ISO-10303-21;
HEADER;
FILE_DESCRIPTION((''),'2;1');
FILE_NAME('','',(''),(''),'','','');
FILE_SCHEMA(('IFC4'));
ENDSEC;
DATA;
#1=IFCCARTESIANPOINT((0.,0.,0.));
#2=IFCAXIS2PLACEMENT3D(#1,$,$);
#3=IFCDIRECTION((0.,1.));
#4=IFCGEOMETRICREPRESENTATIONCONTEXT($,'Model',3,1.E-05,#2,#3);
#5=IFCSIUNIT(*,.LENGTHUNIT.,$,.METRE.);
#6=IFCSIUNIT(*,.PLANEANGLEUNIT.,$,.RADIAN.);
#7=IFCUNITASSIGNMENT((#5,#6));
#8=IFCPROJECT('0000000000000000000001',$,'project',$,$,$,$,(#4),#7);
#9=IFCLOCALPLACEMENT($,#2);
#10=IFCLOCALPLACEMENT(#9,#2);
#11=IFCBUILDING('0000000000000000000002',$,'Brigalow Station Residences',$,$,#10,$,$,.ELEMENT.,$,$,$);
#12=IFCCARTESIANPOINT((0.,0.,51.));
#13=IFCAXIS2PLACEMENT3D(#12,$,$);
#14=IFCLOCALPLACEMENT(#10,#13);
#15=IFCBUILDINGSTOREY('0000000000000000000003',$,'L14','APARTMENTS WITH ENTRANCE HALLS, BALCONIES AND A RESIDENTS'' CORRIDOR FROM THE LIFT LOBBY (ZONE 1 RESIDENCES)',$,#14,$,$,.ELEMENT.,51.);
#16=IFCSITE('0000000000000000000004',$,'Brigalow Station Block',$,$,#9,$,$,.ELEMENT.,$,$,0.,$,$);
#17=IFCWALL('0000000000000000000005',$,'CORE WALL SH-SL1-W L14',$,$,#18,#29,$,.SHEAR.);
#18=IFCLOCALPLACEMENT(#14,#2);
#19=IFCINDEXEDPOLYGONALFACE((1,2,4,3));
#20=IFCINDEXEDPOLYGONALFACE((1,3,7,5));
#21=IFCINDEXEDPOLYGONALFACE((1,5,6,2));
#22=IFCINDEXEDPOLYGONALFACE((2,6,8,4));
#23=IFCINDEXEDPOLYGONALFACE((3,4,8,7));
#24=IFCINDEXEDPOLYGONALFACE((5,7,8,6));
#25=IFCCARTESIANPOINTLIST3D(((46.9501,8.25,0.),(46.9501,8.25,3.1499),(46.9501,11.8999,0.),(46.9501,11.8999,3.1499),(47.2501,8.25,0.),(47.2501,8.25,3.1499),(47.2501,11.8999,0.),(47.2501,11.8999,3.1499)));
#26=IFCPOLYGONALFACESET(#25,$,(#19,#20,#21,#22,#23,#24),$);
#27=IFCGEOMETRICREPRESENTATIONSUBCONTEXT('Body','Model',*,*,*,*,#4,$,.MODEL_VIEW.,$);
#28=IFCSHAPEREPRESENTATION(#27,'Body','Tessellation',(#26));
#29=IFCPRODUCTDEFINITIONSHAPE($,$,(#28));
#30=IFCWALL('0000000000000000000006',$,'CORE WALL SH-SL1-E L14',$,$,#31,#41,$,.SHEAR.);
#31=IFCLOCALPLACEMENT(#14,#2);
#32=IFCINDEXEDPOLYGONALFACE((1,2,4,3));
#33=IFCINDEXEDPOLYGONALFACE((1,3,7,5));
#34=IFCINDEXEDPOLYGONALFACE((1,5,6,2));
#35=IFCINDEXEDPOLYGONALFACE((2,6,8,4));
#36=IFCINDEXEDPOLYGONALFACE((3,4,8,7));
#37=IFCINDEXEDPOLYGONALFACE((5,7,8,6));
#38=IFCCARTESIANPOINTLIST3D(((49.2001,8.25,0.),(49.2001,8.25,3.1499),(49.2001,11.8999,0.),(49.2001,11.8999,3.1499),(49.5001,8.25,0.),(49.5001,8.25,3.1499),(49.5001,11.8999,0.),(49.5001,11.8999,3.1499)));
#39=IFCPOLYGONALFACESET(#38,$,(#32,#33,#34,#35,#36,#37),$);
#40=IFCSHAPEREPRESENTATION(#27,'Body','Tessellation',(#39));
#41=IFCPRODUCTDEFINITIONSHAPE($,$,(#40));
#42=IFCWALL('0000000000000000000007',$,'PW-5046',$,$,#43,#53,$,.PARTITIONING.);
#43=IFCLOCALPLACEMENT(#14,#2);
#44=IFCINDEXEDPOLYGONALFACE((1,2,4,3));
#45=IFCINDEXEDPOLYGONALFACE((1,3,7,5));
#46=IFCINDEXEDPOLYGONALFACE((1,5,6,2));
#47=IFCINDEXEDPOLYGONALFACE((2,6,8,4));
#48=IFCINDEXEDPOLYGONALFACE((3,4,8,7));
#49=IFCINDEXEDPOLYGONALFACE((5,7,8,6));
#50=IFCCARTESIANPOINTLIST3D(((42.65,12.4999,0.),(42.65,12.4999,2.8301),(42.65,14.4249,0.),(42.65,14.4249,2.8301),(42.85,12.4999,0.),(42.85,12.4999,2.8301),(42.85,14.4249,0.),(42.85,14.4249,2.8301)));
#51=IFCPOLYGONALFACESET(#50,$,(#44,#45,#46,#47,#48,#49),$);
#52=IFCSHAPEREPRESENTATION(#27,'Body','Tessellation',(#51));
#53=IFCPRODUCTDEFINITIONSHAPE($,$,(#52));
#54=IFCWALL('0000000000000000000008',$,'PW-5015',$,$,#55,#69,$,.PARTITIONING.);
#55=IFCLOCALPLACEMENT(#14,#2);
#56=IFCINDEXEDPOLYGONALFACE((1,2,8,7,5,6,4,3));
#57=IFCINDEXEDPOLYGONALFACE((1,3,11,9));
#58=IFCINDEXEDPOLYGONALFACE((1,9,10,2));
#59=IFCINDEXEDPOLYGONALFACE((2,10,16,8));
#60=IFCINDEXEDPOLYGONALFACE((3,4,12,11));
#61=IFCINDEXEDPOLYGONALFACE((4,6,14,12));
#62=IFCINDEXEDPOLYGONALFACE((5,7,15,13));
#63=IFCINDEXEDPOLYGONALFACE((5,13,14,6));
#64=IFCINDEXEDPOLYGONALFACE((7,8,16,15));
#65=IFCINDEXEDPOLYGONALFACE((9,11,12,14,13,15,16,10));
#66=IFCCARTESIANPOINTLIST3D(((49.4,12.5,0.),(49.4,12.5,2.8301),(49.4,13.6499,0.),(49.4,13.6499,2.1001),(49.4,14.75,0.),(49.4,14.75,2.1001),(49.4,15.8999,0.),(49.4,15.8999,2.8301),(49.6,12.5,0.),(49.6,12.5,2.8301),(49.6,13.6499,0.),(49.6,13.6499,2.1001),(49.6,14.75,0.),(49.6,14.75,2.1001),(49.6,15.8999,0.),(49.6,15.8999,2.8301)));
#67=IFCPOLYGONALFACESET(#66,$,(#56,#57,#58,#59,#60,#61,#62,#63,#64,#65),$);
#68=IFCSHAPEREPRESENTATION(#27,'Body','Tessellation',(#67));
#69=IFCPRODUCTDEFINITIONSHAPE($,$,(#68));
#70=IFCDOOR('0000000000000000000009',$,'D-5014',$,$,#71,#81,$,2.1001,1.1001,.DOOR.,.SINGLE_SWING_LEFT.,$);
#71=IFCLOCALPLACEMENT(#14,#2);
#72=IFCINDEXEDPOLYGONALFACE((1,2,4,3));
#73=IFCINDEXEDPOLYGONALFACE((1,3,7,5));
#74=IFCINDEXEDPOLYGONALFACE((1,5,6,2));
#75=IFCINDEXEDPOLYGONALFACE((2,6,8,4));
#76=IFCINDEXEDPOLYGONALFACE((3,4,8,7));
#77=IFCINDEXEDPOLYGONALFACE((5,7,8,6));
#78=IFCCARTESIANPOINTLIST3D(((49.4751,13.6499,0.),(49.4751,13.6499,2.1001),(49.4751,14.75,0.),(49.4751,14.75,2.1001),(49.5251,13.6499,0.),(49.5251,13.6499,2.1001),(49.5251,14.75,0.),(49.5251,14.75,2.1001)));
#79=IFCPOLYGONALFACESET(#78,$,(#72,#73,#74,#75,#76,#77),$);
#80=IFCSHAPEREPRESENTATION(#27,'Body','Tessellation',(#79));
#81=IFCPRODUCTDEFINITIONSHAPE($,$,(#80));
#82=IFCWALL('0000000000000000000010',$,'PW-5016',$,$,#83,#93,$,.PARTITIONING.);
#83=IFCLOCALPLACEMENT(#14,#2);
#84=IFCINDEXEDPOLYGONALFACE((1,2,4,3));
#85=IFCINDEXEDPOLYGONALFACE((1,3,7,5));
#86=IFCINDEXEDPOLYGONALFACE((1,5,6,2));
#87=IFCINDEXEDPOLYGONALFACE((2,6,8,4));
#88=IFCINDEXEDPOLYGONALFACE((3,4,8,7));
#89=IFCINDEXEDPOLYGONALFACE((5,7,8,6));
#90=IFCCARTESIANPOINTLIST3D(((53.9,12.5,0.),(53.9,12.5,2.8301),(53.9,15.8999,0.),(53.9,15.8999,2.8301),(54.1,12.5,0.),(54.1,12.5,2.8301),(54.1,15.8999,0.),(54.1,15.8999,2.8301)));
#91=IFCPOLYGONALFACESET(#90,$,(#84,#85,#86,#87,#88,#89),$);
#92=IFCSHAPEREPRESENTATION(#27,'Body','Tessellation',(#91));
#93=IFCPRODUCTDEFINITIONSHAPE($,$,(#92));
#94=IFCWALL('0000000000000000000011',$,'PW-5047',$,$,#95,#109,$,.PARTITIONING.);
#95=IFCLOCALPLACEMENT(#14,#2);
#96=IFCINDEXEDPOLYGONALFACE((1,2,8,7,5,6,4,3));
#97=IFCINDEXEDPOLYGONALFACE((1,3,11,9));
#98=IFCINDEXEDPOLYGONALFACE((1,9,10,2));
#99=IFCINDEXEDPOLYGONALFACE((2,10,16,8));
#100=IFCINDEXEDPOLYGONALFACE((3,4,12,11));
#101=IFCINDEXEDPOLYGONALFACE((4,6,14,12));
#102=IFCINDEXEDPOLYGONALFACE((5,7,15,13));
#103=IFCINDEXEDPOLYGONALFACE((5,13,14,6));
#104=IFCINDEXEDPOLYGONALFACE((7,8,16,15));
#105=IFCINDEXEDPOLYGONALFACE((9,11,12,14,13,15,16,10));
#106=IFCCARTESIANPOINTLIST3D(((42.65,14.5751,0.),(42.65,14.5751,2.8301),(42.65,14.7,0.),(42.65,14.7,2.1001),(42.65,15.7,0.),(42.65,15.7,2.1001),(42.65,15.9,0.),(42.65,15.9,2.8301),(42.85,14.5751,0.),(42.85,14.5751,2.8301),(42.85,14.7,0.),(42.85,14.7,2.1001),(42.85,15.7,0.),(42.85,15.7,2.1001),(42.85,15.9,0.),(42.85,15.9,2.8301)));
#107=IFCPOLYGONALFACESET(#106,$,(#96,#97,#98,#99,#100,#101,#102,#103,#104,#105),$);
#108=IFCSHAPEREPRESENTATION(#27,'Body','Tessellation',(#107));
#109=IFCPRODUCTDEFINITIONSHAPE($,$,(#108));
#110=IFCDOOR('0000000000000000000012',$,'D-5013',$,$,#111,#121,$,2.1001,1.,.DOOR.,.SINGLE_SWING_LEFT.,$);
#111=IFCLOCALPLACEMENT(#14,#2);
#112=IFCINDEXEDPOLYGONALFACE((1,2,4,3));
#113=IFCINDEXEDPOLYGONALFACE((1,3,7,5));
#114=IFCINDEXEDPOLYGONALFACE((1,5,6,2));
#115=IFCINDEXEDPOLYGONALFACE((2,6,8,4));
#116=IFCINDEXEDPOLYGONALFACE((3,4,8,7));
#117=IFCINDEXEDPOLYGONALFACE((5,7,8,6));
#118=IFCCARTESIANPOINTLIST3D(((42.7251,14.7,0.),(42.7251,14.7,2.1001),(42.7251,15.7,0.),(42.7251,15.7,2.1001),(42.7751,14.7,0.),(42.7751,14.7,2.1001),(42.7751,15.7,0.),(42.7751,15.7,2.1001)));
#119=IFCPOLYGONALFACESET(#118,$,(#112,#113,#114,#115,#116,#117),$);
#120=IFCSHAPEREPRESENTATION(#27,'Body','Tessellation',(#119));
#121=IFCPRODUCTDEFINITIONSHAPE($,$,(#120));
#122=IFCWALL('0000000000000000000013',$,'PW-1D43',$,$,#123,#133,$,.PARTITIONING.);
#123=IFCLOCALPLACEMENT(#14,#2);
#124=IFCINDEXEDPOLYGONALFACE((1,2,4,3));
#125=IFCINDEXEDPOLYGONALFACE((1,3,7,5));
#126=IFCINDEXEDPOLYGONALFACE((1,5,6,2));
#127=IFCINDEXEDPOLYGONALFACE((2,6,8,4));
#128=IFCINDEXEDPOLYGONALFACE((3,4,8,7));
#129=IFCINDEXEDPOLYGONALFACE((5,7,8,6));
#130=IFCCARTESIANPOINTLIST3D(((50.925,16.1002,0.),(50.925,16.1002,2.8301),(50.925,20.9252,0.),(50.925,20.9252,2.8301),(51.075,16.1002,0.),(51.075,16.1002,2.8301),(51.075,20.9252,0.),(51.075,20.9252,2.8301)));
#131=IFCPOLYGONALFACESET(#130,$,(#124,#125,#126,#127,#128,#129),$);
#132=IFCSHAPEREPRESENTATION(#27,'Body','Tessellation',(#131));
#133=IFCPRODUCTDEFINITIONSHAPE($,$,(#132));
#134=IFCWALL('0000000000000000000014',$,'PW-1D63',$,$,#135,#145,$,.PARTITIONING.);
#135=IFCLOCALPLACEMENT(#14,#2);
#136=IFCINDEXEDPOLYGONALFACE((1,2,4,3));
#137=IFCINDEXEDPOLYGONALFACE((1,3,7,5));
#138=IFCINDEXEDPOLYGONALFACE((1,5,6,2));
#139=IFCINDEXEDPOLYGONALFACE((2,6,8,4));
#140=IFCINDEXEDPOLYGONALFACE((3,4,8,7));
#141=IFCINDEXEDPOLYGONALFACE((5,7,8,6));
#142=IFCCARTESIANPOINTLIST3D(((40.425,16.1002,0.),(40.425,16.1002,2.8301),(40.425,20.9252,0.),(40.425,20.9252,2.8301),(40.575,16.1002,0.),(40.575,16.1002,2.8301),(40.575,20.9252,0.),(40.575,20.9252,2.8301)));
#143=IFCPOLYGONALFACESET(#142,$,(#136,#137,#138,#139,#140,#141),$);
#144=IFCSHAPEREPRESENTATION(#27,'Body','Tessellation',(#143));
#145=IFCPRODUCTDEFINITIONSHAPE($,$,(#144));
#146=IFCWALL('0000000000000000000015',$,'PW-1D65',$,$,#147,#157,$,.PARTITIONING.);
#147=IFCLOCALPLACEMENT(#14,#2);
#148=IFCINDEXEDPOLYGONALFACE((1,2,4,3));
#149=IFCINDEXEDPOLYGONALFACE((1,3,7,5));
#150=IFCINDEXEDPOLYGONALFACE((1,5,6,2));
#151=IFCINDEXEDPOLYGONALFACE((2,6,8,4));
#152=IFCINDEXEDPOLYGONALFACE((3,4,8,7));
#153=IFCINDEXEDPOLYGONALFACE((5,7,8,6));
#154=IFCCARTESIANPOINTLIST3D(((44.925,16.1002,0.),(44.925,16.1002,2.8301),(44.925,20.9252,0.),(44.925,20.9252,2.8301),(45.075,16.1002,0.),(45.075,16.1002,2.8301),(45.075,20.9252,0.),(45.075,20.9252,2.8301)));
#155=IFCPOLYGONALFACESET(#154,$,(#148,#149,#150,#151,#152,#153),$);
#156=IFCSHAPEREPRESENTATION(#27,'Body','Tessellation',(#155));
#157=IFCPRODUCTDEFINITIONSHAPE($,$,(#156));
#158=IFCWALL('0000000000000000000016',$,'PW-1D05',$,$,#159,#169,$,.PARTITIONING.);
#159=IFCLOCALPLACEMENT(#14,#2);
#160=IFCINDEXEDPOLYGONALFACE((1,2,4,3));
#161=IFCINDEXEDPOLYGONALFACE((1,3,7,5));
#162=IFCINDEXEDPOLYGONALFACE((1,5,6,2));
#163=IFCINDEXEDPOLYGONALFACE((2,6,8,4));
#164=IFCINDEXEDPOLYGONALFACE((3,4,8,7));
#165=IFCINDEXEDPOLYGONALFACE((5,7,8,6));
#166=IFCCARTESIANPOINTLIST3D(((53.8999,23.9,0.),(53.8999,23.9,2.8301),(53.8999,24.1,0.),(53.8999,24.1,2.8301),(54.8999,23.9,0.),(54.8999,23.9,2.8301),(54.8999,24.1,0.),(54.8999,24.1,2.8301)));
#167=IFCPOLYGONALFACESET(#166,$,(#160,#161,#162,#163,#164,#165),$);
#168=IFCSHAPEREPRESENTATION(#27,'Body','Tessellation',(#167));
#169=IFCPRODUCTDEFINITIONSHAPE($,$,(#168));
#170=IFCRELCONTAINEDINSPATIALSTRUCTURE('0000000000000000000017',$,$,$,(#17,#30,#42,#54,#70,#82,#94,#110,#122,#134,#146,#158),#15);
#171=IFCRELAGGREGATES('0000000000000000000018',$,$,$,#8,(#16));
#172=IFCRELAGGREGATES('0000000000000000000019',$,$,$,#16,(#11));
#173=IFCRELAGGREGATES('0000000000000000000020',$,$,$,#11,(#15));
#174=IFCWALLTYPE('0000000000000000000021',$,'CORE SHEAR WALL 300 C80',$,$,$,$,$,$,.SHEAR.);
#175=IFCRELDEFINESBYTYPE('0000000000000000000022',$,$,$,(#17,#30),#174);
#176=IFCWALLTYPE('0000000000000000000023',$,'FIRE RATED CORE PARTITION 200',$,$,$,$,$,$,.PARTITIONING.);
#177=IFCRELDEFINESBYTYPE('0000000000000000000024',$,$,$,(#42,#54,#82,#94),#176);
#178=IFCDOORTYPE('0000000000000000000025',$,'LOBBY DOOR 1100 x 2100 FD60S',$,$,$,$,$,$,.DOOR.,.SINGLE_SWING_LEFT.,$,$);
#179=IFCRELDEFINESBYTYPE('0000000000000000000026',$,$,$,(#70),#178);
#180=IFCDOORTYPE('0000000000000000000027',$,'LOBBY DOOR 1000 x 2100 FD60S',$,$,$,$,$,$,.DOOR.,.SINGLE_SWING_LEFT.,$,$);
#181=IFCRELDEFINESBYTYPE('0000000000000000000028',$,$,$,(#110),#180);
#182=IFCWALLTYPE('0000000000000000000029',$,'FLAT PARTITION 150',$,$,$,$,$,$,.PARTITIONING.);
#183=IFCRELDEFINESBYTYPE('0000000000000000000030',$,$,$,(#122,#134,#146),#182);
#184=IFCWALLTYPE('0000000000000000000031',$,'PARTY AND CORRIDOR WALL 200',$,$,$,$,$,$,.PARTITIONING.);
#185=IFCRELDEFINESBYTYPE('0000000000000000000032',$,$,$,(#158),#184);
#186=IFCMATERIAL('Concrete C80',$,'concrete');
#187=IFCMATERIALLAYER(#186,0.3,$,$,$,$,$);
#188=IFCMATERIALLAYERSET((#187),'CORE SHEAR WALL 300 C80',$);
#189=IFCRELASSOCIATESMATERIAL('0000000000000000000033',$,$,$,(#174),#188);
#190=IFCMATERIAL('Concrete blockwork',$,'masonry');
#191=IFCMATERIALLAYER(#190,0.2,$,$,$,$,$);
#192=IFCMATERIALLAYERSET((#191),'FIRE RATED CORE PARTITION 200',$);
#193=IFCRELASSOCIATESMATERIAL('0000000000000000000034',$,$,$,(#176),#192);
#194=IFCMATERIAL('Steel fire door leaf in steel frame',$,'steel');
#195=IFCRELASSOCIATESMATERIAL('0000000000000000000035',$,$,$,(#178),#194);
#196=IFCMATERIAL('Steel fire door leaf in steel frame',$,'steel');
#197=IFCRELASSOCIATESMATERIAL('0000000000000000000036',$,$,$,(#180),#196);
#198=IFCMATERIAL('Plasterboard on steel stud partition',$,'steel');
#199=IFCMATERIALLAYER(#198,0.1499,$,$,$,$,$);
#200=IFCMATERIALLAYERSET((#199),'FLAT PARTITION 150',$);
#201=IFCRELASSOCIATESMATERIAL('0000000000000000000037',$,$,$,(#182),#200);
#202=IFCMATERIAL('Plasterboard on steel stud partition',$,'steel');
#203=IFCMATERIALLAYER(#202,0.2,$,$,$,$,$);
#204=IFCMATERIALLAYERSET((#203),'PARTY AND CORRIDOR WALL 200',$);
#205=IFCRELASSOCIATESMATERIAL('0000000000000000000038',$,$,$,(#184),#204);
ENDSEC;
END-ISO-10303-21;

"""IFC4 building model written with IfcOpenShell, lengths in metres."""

from ifc_helpers import new_model, si_unit, direction, frame, frame_2d, origin, place, context, subcontext, project, spatial, rectangle, extrude, material, layer, layer_set, type_object, element, fill, save


model = new_model("IFC4")

# Units and contexts
model_context = context("Model", 3, precision=1e-05, world=origin(), true_north=direction((0.0, 1.0)))
body_context = subcontext(model_context, "Body", "Model", "MODEL_VIEW")
ifc_project = project(units=[si_unit("LENGTHUNIT", "METRE"), si_unit("PLANEANGLEUNIT", "RADIAN")], contexts=[model_context])

# Site, building, storey
site_placement = place(None, origin())
site = spatial("IfcSite", under=ifc_project, at=site_placement, Name="Brigalow Station Block", CompositionType="ELEMENT", RefElevation=0.0)
building_placement = place(site_placement, origin())
building = spatial("IfcBuilding", under=site, at=building_placement, Name="Brigalow Station Residences", CompositionType="ELEMENT")
storey_placement = place(building_placement, frame((0.0, 0.0, 51.0)))
storey = spatial("IfcBuildingStorey", under=building, at=storey_placement, Name="L14", Description="APARTMENTS WITH ENTRANCE HALLS, BALCONIES AND A RESIDENTS' CORRIDOR FROM THE LIFT LOBBY (ZONE 1 RESIDENCES)", CompositionType="ELEMENT", Elevation=51.0)

# Walls
ifc_material_1 = material(Name="Concrete C80", Category="concrete")
ifc_layer_1 = layer(ifc_material_1, 0.3)
ifc_layer_set_1 = layer_set([ifc_layer_1], Name="CORE SHEAR WALL 300 C80")
wall_type_1 = type_object("IfcWallType", Name="CORE SHEAR WALL 300 C80", PredefinedType="SHEAR", material=ifc_layer_set_1)
for number, where, z_axis, x_axis, name in (
    (1, (47.1001, 8.25, 0.0), (0.0, 0.0, 1.0), (0.0, 1.0, 0.0), "CORE WALL SH-SL1-W L14"),
    (2, (49.3501, 8.25, 0.0), (0.0, 0.0, 1.0), (0.0, 1.0, 0.0), "CORE WALL SH-SL1-E L14"),
):
    element("IfcWall", number, at=place(storey_placement, frame(where, z_axis=z_axis, x_axis=x_axis)), inside=storey, type_object=wall_type_1, Name=name, PredefinedType="SHEAR", context=body_context, shape_type="SweptSolid", body=[
        extrude(rectangle(XDim=3.6499, YDim=0.3, at=frame_2d((1.825, 0.0))), origin(), (0.0, 0.0, 1.0), 3.1499),
    ])
ifc_material_2 = material(Name="Concrete blockwork", Category="masonry")
ifc_layer_2 = layer(ifc_material_2, 0.2)
ifc_layer_set_2 = layer_set([ifc_layer_2], Name="FIRE RATED CORE PARTITION 200")
wall_type_2 = type_object("IfcWallType", Name="FIRE RATED CORE PARTITION 200", PredefinedType="PARTITIONING", material=ifc_layer_set_2)
wall_1_placement = place(storey_placement, frame((42.75, 12.5, 0.0), z_axis=(0.0, 0.0, 1.0), x_axis=(0.0, 1.0, 0.0)))
element("IfcWall", 3, at=wall_1_placement, inside=storey, type_object=wall_type_2, Name="PW-5046", PredefinedType="PARTITIONING", context=body_context, shape_type="SweptSolid", body=[
    extrude(rectangle(XDim=1.925, YDim=0.2, at=frame_2d((0.9624, 0.0))), origin(), (0.0, 0.0, 1.0), 2.8301),
])

# Wall, opening, door
wall_2_placement = place(storey_placement, frame((49.5, 12.5, 0.0), z_axis=(0.0, 0.0, 1.0), x_axis=(0.0, 1.0, 0.0)))
wall_2 = element("IfcWall", 4, at=wall_2_placement, inside=storey, type_object=wall_type_2, Name="PW-5015", PredefinedType="PARTITIONING", context=body_context, shape_type="SweptSolid", body=[
    extrude(rectangle(XDim=3.3999, YDim=0.2, at=frame_2d((1.7, 0.0))), origin(), (0.0, 0.0, 1.0), 2.8301),
])
opening_1_placement = place(wall_2_placement, frame((1.1499, 0.0, 0.0)))
opening_1 = element("IfcOpeningElement", 5, at=opening_1_placement, cuts=wall_2, PredefinedType="OPENING", context=body_context, shape_type="SweptSolid", body=[
    extrude(rectangle(XDim=1.1001, YDim=2.1001, at=frame_2d((0.55, 1.05))), frame((0.0, 0.1099, 0.0), z_axis=(0.0, -1.0, 0.0), x_axis=(1.0, 0.0, 0.0)), (0.0, 0.0, 1.0), 0.22),
])
ifc_material_3 = material(Name="Steel fire door leaf in steel frame", Category="steel")
door_type_1 = type_object("IfcDoorType", Name="LOBBY DOOR 1100 x 2100 FD60S", OperationType="SINGLE_SWING_LEFT", PredefinedType="DOOR", material=ifc_material_3)
door_1_placement = place(opening_1_placement, origin())
door_1 = element("IfcDoor", 6, at=door_1_placement, inside=storey, type_object=door_type_1, Name="D-5014", OperationType="SINGLE_SWING_LEFT", OverallHeight=2.1001, OverallWidth=1.1001, PredefinedType="DOOR", context=body_context, shape_type="SweptSolid", body=[
    extrude(rectangle(XDim=1.1001, YDim=2.1001, at=frame_2d((0.55, 1.05))), frame((0.0, 0.0249, 0.0), z_axis=(0.0, -1.0, 0.0), x_axis=(1.0, 0.0, 0.0)), (0.0, 0.0, 1.0), 0.05),
])
fill(opening_1, door_1)

# Wall
wall_3_placement = place(storey_placement, frame((54.0, 12.5, 0.0), z_axis=(0.0, 0.0, 1.0), x_axis=(0.0, 1.0, 0.0)))
element("IfcWall", 7, at=wall_3_placement, inside=storey, type_object=wall_type_2, Name="PW-5016", PredefinedType="PARTITIONING", context=body_context, shape_type="SweptSolid", body=[
    extrude(rectangle(XDim=3.3999, YDim=0.2, at=frame_2d((1.7, 0.0))), origin(), (0.0, 0.0, 1.0), 2.8301),
])

# Wall, opening, door
wall_4_placement = place(storey_placement, frame((42.75, 14.575, 0.0), z_axis=(0.0, 0.0, 1.0), x_axis=(0.0, 1.0, 0.0)))
wall_4 = element("IfcWall", 8, at=wall_4_placement, inside=storey, type_object=wall_type_2, Name="PW-5047", PredefinedType="PARTITIONING", context=body_context, shape_type="SweptSolid", body=[
    extrude(rectangle(XDim=1.325, YDim=0.2, at=frame_2d((0.6626, 0.0))), origin(), (0.0, 0.0, 1.0), 2.8301),
])
opening_2_placement = place(wall_4_placement, frame((0.125, 0.0, 0.0)))
opening_2 = element("IfcOpeningElement", 9, at=opening_2_placement, cuts=wall_4, PredefinedType="OPENING", context=body_context, shape_type="SweptSolid", body=[
    extrude(rectangle(XDim=1.0, YDim=2.1001, at=frame_2d((0.5, 1.05))), frame((0.0, 0.1099, 0.0), z_axis=(0.0, -1.0, 0.0), x_axis=(1.0, 0.0, 0.0)), (0.0, 0.0, 1.0), 0.22),
])
ifc_material_4 = material(Name="Steel fire door leaf in steel frame", Category="steel")
door_type_2 = type_object("IfcDoorType", Name="LOBBY DOOR 1000 x 2100 FD60S", OperationType="SINGLE_SWING_LEFT", PredefinedType="DOOR", material=ifc_material_4)
door_2_placement = place(opening_2_placement, origin())
door_2 = element("IfcDoor", 10, at=door_2_placement, inside=storey, type_object=door_type_2, Name="D-5013", OperationType="SINGLE_SWING_LEFT", OverallHeight=2.1001, OverallWidth=1.0, PredefinedType="DOOR", context=body_context, shape_type="SweptSolid", body=[
    extrude(rectangle(XDim=1.0, YDim=2.1001, at=frame_2d((0.5, 1.05))), frame((0.0, 0.0249, 0.0), z_axis=(0.0, -1.0, 0.0), x_axis=(1.0, 0.0, 0.0)), (0.0, 0.0, 1.0), 0.05),
])
fill(opening_2, door_2)

# Walls
ifc_material_5 = material(Name="Plasterboard on steel stud partition", Category="steel")
ifc_layer_3 = layer(ifc_material_5, 0.1499)
ifc_layer_set_3 = layer_set([ifc_layer_3], Name="FLAT PARTITION 150")
wall_type_3 = type_object("IfcWallType", Name="FLAT PARTITION 150", PredefinedType="PARTITIONING", material=ifc_layer_set_3)
for number, where, z_axis, x_axis, name in (
    (11, (51.0, 16.1001, 0.0), (0.0, 0.0, 1.0), (0.0, 1.0, 0.0), "PW-1D43"),
    (12, (40.5, 16.1001, 0.0), (0.0, 0.0, 1.0), (0.0, 1.0, 0.0), "PW-1D63"),
    (13, (45.0, 16.1001, 0.0), (0.0, 0.0, 1.0), (0.0, 1.0, 0.0), "PW-1D65"),
):
    element("IfcWall", number, at=place(storey_placement, frame(where, z_axis=z_axis, x_axis=x_axis)), inside=storey, type_object=wall_type_3, Name=name, PredefinedType="PARTITIONING", context=body_context, shape_type="SweptSolid", body=[
        extrude(rectangle(XDim=4.825, YDim=0.1499, at=frame_2d((2.4126, 0.0))), origin(), (0.0, 0.0, 1.0), 2.8301),
    ])
ifc_material_6 = material(Name="Plasterboard on steel stud partition", Category="steel")
ifc_layer_4 = layer(ifc_material_6, 0.2)
ifc_layer_set_4 = layer_set([ifc_layer_4], Name="PARTY AND CORRIDOR WALL 200")
wall_type_4 = type_object("IfcWallType", Name="PARTY AND CORRIDOR WALL 200", PredefinedType="PARTITIONING", material=ifc_layer_set_4)
wall_5_placement = place(storey_placement, frame((53.8999, 24.0, 0.0), z_axis=(0.0, 0.0, 1.0), x_axis=(1.0, 0.0, 0.0)))
element("IfcWall", 14, at=wall_5_placement, inside=storey, type_object=wall_type_4, Name="PW-1D05", PredefinedType="PARTITIONING", context=body_context, shape_type="SweptSolid", body=[
    extrude(rectangle(XDim=1.0, YDim=0.2, at=frame_2d((0.5, 0.0))), origin(), (0.0, 0.0, 1.0), 2.8301),
])

save(model, "model.ifc")
